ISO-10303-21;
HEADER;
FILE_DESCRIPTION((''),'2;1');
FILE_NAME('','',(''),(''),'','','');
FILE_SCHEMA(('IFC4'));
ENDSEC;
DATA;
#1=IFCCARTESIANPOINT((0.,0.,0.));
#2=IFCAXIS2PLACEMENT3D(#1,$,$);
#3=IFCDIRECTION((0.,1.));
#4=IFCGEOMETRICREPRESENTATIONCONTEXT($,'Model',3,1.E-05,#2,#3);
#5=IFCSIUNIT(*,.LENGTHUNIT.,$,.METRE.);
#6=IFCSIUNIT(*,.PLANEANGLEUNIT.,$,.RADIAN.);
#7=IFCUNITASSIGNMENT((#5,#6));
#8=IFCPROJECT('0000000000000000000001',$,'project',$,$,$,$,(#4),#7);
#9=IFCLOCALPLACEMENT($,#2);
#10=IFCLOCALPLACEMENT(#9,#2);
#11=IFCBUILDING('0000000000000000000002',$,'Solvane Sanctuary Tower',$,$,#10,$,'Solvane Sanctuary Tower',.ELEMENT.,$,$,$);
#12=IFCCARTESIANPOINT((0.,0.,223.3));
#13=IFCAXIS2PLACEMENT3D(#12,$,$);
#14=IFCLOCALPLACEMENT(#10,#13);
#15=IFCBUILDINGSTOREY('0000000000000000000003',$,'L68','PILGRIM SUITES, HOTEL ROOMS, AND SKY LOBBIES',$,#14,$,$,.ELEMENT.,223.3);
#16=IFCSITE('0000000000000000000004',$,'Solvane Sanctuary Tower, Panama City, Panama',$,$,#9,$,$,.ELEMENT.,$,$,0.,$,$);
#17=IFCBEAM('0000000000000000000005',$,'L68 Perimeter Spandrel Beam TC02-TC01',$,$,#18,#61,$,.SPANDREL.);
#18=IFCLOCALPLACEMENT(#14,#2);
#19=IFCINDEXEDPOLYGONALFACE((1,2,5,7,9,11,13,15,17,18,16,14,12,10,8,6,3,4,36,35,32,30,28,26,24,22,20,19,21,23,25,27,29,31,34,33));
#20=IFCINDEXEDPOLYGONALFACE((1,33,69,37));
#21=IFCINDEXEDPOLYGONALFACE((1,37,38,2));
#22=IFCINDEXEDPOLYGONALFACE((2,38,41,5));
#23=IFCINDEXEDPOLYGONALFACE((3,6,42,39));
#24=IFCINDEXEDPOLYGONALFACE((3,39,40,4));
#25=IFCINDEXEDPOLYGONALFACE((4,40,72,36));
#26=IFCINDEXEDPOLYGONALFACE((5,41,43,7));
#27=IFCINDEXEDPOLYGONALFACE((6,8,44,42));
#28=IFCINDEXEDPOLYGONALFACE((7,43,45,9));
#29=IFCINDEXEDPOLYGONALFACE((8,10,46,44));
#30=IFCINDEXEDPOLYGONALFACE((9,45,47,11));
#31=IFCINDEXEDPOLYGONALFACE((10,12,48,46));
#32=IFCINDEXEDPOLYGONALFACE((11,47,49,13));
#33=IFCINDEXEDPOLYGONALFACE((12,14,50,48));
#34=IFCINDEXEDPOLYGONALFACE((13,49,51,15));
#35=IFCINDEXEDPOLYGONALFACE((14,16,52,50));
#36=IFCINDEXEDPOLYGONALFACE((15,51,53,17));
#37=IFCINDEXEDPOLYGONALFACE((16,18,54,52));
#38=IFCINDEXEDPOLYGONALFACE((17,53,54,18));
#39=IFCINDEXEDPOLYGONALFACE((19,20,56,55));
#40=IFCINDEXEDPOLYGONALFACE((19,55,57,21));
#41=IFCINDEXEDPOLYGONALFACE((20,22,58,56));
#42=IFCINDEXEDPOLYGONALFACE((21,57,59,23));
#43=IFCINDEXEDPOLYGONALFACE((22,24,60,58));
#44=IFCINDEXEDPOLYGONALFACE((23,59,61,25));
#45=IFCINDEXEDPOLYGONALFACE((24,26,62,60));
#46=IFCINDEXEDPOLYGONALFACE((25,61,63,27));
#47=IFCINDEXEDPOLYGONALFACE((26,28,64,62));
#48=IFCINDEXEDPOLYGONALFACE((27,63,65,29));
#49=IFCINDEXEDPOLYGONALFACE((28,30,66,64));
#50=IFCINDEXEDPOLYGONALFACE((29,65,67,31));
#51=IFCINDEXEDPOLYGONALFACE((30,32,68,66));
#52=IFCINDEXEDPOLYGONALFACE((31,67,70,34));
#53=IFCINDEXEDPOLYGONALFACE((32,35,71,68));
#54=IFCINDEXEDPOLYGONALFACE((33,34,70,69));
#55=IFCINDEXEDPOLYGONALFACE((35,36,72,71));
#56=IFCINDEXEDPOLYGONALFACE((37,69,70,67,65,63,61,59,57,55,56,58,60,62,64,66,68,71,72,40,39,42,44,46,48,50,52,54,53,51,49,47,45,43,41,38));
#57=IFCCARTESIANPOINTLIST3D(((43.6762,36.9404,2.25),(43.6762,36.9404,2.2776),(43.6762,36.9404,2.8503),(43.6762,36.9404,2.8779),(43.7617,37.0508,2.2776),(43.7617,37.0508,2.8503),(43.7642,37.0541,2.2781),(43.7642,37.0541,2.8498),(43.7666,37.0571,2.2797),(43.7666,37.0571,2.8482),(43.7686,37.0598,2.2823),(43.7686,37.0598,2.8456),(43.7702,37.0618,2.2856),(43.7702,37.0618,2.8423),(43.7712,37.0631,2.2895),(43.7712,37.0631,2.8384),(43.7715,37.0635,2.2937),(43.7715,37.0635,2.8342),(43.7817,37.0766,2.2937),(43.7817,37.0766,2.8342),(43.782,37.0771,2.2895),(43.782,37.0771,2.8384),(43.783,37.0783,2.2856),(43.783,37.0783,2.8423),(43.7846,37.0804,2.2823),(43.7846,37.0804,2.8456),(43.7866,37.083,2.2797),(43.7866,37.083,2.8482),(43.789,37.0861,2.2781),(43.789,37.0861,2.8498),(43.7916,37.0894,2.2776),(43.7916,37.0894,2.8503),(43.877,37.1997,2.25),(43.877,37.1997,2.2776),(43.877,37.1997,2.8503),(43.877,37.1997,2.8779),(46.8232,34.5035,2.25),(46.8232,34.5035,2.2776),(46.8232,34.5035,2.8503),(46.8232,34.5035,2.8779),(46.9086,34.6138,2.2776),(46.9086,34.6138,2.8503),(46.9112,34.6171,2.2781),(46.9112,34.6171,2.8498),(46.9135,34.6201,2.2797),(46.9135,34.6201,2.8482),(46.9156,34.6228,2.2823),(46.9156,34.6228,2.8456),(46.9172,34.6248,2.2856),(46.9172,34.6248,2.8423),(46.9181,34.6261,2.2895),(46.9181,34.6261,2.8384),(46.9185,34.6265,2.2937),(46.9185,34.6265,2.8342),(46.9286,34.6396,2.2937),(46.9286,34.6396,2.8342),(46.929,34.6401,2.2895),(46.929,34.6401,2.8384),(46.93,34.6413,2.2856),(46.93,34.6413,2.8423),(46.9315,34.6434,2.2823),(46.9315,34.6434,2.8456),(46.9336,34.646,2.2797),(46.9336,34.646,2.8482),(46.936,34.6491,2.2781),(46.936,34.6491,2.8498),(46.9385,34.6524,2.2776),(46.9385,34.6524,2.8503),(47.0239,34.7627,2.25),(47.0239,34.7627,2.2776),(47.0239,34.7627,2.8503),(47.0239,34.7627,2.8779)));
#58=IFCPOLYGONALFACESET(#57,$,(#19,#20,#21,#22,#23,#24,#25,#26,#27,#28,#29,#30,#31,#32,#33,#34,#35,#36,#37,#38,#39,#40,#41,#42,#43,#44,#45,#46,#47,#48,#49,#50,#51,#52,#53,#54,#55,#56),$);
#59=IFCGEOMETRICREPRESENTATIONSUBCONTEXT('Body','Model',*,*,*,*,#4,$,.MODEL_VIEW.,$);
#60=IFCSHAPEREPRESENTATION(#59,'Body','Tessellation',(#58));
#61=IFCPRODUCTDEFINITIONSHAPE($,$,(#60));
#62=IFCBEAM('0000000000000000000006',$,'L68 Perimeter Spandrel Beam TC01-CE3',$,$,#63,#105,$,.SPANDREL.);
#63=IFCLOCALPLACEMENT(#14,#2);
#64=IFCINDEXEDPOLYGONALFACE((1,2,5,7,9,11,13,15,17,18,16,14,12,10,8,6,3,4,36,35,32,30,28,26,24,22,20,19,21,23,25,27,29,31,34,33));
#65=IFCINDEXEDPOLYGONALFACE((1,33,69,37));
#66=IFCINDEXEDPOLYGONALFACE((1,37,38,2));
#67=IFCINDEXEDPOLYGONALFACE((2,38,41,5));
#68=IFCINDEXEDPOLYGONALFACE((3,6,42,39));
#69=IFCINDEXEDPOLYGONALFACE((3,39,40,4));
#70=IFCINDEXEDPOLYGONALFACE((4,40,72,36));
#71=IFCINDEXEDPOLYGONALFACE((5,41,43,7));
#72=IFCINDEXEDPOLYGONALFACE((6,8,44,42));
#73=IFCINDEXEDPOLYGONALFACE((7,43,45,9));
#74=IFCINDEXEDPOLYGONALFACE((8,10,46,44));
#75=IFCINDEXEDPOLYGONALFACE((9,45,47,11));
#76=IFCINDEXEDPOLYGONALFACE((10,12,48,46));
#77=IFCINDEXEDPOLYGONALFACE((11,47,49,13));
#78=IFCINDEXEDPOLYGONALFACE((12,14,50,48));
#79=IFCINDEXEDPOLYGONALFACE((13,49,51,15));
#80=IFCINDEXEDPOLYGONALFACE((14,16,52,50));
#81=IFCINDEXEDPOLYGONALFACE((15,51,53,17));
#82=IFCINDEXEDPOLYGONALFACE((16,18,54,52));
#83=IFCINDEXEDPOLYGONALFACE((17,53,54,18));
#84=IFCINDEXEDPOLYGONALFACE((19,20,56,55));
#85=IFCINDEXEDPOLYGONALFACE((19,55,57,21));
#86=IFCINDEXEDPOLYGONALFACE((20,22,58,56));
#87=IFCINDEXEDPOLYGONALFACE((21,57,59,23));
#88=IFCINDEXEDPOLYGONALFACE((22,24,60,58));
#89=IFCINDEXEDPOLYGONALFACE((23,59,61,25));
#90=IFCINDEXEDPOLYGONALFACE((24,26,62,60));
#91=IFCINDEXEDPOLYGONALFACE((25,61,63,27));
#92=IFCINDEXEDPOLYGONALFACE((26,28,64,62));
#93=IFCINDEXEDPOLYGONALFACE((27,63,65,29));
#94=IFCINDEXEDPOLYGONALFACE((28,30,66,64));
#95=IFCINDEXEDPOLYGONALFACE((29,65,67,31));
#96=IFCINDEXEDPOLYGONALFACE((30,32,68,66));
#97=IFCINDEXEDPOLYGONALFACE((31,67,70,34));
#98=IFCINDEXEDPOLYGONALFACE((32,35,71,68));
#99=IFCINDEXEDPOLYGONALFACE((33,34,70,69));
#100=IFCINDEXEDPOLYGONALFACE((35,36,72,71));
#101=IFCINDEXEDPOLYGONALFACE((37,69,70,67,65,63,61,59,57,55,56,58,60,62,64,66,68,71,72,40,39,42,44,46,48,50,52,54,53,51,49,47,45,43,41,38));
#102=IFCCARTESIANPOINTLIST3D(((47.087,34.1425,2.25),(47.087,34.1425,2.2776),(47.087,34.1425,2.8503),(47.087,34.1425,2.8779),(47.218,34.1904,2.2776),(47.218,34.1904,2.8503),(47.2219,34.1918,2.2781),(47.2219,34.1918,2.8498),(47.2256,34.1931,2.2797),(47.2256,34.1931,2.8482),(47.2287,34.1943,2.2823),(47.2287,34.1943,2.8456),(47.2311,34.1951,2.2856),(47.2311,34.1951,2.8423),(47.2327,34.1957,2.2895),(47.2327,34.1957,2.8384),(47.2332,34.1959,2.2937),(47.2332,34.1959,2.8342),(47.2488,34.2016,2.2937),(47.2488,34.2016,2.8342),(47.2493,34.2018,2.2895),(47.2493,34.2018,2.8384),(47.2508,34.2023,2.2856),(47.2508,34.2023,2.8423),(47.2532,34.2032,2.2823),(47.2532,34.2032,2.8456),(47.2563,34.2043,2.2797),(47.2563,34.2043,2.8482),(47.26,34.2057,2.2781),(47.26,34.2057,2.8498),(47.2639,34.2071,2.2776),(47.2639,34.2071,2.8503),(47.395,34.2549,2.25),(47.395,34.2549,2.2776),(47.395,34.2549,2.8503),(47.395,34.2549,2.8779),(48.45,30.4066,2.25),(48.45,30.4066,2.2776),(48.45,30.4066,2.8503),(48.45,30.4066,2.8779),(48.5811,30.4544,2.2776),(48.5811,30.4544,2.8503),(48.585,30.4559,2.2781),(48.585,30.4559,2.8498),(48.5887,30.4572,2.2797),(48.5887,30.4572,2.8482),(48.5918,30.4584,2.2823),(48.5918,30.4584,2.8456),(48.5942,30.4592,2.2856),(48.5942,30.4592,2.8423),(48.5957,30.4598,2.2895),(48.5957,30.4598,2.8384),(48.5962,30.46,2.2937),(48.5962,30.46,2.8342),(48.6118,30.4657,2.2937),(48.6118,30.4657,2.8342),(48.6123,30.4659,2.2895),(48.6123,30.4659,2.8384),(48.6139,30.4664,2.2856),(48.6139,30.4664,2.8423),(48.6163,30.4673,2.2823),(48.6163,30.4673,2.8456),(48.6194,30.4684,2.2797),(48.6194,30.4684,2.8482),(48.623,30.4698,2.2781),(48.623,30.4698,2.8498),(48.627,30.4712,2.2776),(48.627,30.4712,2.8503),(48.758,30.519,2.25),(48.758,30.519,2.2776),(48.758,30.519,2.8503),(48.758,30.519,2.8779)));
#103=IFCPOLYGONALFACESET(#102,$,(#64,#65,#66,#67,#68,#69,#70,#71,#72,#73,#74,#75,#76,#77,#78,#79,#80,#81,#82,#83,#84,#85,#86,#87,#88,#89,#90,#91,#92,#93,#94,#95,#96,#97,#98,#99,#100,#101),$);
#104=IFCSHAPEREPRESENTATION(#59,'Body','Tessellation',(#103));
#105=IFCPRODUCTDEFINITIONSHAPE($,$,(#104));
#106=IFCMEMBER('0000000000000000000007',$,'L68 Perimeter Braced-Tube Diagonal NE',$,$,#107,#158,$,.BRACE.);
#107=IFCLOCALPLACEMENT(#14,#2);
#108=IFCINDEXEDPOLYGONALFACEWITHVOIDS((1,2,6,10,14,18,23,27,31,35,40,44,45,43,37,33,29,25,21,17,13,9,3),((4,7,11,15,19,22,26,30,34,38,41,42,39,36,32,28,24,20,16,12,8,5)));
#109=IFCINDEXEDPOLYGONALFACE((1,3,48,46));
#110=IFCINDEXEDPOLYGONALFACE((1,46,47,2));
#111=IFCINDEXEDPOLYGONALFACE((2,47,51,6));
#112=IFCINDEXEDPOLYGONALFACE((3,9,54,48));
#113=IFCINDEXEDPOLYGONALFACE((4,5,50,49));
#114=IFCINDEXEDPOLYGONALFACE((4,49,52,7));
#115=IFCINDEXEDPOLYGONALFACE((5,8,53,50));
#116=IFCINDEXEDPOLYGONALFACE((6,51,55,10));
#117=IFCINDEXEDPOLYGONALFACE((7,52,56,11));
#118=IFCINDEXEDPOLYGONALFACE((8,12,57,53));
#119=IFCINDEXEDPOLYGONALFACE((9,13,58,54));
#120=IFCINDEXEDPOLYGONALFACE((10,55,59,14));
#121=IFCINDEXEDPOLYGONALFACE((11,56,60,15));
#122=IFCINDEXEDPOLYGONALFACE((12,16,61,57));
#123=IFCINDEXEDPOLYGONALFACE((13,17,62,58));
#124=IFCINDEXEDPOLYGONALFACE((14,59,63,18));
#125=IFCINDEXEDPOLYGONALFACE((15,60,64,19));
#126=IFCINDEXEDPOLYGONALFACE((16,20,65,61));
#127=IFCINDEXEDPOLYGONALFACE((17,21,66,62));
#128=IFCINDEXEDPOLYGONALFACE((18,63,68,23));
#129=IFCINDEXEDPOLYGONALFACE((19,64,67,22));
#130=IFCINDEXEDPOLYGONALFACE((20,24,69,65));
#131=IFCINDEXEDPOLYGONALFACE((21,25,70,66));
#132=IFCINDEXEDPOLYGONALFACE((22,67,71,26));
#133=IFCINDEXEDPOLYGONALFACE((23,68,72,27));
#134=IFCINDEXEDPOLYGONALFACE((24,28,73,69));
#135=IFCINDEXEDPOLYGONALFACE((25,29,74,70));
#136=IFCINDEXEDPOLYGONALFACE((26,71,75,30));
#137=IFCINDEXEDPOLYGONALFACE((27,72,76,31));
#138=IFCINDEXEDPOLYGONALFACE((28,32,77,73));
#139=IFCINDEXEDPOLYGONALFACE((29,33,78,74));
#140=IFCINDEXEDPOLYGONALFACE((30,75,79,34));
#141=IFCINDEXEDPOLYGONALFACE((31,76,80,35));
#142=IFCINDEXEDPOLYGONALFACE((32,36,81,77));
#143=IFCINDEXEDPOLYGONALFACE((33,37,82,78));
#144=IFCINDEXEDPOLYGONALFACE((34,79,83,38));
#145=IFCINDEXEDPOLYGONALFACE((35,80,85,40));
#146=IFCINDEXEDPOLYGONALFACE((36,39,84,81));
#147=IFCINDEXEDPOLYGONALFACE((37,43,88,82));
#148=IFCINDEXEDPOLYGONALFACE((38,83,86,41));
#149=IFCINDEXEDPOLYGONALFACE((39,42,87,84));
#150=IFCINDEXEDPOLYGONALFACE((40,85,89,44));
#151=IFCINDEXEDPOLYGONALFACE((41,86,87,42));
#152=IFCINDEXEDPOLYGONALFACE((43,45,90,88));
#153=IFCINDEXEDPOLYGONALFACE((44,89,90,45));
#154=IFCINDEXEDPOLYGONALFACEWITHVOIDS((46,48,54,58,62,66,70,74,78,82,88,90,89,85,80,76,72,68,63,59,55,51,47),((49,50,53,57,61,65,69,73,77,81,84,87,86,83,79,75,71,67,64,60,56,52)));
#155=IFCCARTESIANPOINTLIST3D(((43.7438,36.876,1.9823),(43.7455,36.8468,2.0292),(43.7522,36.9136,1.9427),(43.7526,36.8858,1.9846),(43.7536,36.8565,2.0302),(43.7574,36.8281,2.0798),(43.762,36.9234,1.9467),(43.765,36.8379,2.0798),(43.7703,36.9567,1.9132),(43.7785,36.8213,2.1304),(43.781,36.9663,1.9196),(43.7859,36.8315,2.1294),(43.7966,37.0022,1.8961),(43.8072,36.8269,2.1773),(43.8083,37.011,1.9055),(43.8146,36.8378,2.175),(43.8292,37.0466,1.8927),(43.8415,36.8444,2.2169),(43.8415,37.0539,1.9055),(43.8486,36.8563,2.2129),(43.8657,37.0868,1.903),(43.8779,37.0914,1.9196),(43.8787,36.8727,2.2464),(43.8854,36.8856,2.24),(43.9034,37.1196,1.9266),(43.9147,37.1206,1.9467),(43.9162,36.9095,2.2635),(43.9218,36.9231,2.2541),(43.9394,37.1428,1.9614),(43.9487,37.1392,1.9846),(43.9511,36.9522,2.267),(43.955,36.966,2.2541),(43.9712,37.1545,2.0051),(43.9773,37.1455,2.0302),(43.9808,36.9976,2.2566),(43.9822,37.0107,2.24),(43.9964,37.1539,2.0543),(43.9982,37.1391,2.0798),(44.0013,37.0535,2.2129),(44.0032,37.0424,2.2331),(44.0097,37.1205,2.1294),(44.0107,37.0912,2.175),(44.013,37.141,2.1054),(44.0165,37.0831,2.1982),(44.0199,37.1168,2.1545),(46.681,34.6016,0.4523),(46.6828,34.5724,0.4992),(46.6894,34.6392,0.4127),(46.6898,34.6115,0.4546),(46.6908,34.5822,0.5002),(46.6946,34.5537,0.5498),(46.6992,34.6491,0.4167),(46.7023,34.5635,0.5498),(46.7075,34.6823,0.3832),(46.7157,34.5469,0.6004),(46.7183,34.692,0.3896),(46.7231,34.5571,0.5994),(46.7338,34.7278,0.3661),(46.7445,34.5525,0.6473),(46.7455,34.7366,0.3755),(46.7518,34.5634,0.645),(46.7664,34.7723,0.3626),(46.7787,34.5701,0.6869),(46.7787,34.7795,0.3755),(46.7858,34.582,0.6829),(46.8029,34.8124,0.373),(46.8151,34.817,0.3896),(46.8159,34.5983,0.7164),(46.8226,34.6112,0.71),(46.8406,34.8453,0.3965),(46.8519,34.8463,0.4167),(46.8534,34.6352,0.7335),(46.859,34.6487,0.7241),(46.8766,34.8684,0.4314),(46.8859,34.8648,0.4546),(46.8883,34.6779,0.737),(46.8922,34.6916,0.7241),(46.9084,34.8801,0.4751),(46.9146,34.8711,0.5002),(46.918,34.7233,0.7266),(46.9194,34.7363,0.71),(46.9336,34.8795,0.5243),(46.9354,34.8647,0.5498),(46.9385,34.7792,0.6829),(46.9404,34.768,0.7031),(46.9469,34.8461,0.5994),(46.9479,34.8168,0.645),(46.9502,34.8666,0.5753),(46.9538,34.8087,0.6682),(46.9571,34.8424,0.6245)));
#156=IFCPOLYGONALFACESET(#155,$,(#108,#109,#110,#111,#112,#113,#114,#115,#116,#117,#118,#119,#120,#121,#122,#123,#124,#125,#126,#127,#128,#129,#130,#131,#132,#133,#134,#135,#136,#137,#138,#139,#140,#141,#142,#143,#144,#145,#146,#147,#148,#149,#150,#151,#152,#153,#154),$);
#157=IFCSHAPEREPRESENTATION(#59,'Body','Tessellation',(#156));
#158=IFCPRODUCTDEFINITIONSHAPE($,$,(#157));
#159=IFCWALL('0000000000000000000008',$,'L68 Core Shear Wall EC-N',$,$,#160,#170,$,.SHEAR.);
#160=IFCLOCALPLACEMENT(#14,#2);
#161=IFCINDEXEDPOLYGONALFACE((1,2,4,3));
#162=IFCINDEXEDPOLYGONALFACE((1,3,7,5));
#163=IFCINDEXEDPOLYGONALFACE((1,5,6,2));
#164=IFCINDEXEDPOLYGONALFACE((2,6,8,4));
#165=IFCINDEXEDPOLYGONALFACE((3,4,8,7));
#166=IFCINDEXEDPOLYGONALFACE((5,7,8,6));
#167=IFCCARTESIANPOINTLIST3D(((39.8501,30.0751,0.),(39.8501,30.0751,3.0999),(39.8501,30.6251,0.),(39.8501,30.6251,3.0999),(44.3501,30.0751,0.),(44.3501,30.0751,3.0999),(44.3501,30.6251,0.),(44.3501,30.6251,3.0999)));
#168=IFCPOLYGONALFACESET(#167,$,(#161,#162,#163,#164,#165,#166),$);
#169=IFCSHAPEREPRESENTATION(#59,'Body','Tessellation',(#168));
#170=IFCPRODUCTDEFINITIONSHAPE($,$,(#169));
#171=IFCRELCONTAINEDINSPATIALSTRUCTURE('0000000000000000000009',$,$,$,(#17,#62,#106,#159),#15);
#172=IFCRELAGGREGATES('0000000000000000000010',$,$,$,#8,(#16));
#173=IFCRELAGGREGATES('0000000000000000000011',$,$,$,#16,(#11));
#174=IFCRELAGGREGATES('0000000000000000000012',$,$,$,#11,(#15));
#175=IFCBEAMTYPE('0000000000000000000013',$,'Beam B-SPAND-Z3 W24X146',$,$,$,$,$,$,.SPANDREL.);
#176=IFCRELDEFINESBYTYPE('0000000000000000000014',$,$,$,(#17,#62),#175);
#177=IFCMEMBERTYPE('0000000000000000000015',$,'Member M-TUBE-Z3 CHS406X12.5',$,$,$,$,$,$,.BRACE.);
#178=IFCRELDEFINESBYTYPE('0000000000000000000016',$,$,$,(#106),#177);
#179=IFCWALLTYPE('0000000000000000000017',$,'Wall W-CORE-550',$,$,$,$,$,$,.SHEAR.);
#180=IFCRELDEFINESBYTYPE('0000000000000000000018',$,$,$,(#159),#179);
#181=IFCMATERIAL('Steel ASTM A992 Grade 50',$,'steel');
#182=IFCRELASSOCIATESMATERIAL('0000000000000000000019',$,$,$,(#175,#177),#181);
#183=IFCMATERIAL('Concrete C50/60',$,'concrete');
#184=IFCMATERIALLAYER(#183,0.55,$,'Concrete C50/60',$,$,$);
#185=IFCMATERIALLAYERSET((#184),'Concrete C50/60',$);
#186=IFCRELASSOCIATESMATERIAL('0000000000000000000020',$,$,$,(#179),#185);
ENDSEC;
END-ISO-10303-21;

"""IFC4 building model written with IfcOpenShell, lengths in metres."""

from ifc_helpers import new_model, si_unit, direction, frame, frame_2d, origin, origin_2d, place, context, subcontext, project, spatial, rectangle, hollow_circle, i_section, extrude, material, layer, layer_set, material_profile, profile_set, type_object, element, save


model = new_model("IFC4")

# Units and contexts
model_context = context("Model", 3, precision=1e-05, world=origin(), true_north=direction((0.0, 1.0)))
body_context = subcontext(model_context, "Body", "Model", "MODEL_VIEW")
ifc_project = project(units=[si_unit("LENGTHUNIT", "METRE"), si_unit("PLANEANGLEUNIT", "RADIAN")], contexts=[model_context])

# Site, building, storey
site_placement = place(None, origin())
site = spatial("IfcSite", under=ifc_project, at=site_placement, Name="Solvane Sanctuary Tower, Panama City, Panama", CompositionType="ELEMENT", RefElevation=0.0)
building_placement = place(site_placement, origin())
building = spatial("IfcBuilding", under=site, at=building_placement, Name="Solvane Sanctuary Tower", LongName="Solvane Sanctuary Tower", CompositionType="ELEMENT")
storey_placement = place(building_placement, frame((0.0, 0.0, 223.3)))
storey = spatial("IfcBuildingStorey", under=building, at=storey_placement, Name="L68", Description="PILGRIM SUITES, HOTEL ROOMS, AND SKY LOBBIES", CompositionType="ELEMENT", Elevation=223.3)

# Shared definitions
ifc_material_1 = material(Name="Concrete C50/60", Category="concrete")

# Beams
ifc_material_2 = material(Name="Steel ASTM A992 Grade 50", Category="steel")
ifc_material_profile_1 = material_profile(ifc_material_2, i_section(OverallWidth=0.3279, OverallDepth=0.6279, WebThickness=0.0166, FlangeThickness=0.0276, FilletRadius=0.0161, at=origin_2d()), Name="W24X146")
ifc_profile_set_1 = profile_set([ifc_material_profile_1], Name="Steel ASTM A992 Grade 50")
beam_type_1 = type_object("IfcBeamType", Name="Beam B-SPAND-Z3 W24X146", PredefinedType="SPANDREL", material=ifc_profile_set_1)
beam_1_placement = place(storey_placement, frame((43.7766, 37.0701, 2.564), z_axis=(0.790645, -0.612275, 0.0), x_axis=(0.612275, 0.790645, 0.0)))
element("IfcBeam", 1, at=beam_1_placement, inside=storey, type_object=beam_type_1, Name="L68 Perimeter Spandrel Beam TC02-TC01", PredefinedType="SPANDREL", context=body_context, shape_type="SweptSolid", body=[
    extrude(i_section(OverallWidth=0.3279, OverallDepth=0.6279, WebThickness=0.0166, FlangeThickness=0.0276, FilletRadius=0.0161, at=origin_2d()), origin(), (0.0, 0.0, 1.0), 3.9802),
])
beam_2_placement = place(storey_placement, frame((47.241, 34.1987, 2.564), z_axis=(0.342753, -0.939425, 0.0), x_axis=(0.939425, 0.342753, 0.0)))
element("IfcBeam", 2, at=beam_2_placement, inside=storey, type_object=beam_type_1, Name="L68 Perimeter Spandrel Beam TC01-CE3", PredefinedType="SPANDREL", context=body_context, shape_type="SweptSolid", body=[
    extrude(i_section(OverallWidth=0.3279, OverallDepth=0.6279, WebThickness=0.0166, FlangeThickness=0.0276, FilletRadius=0.0161, at=origin_2d()), origin(), (0.0, 0.0, 1.0), 3.9768),
])

# Member
ifc_material_profile_2 = material_profile(ifc_material_2, hollow_circle(Radius=0.2029, WallThickness=0.0125, at=origin_2d()), Name="CHS406X12.5")
ifc_profile_set_2 = profile_set([ifc_material_profile_2], Name="Steel ASTM A992 Grade 50")
member_type = type_object("IfcMemberType", Name="Member M-TUBE-Z3 CHS406X12.5", PredefinedType="BRACE", material=ifc_profile_set_2)
member_placement = place(storey_placement, frame((46.8188, 34.7141, 0.5498), z_axis=(-0.73109, 0.566107, 0.380828), x_axis=(-0.612242, -0.79067, 0.0)))
element("IfcMember", 3, at=member_placement, inside=storey, type_object=member_type, Name="L68 Perimeter Braced-Tube Diagonal NE", PredefinedType="BRACE", context=body_context, shape_type="SweptSolid", body=[
    extrude(hollow_circle(Radius=0.2029, WallThickness=0.0125, at=origin_2d()), origin(), (0.0, 0.0, 1.0), 4.0176),
])

# Wall
ifc_layer_1 = layer(ifc_material_1, 0.55, Name="Concrete C50/60")
ifc_layer_set_1 = layer_set([ifc_layer_1], Name="Concrete C50/60")
wall_type_1 = type_object("IfcWallType", Name="Wall W-CORE-550", PredefinedType="SHEAR", material=ifc_layer_set_1)
wall_1_placement = place(storey_placement, frame((39.8501, 30.3501, 0.0), z_axis=(0.0, 0.0, 1.0), x_axis=(1.0, 0.0, 0.0)))
element("IfcWall", 4, at=wall_1_placement, inside=storey, type_object=wall_type_1, Name="L68 Core Shear Wall EC-N", PredefinedType="SHEAR", context=body_context, shape_type="SweptSolid", body=[
    extrude(rectangle(XDim=4.5, YDim=0.55, at=frame_2d((2.25, 0.0))), origin(), (0.0, 0.0, 1.0), 3.0999),
])

save(model, "model.ifc")
